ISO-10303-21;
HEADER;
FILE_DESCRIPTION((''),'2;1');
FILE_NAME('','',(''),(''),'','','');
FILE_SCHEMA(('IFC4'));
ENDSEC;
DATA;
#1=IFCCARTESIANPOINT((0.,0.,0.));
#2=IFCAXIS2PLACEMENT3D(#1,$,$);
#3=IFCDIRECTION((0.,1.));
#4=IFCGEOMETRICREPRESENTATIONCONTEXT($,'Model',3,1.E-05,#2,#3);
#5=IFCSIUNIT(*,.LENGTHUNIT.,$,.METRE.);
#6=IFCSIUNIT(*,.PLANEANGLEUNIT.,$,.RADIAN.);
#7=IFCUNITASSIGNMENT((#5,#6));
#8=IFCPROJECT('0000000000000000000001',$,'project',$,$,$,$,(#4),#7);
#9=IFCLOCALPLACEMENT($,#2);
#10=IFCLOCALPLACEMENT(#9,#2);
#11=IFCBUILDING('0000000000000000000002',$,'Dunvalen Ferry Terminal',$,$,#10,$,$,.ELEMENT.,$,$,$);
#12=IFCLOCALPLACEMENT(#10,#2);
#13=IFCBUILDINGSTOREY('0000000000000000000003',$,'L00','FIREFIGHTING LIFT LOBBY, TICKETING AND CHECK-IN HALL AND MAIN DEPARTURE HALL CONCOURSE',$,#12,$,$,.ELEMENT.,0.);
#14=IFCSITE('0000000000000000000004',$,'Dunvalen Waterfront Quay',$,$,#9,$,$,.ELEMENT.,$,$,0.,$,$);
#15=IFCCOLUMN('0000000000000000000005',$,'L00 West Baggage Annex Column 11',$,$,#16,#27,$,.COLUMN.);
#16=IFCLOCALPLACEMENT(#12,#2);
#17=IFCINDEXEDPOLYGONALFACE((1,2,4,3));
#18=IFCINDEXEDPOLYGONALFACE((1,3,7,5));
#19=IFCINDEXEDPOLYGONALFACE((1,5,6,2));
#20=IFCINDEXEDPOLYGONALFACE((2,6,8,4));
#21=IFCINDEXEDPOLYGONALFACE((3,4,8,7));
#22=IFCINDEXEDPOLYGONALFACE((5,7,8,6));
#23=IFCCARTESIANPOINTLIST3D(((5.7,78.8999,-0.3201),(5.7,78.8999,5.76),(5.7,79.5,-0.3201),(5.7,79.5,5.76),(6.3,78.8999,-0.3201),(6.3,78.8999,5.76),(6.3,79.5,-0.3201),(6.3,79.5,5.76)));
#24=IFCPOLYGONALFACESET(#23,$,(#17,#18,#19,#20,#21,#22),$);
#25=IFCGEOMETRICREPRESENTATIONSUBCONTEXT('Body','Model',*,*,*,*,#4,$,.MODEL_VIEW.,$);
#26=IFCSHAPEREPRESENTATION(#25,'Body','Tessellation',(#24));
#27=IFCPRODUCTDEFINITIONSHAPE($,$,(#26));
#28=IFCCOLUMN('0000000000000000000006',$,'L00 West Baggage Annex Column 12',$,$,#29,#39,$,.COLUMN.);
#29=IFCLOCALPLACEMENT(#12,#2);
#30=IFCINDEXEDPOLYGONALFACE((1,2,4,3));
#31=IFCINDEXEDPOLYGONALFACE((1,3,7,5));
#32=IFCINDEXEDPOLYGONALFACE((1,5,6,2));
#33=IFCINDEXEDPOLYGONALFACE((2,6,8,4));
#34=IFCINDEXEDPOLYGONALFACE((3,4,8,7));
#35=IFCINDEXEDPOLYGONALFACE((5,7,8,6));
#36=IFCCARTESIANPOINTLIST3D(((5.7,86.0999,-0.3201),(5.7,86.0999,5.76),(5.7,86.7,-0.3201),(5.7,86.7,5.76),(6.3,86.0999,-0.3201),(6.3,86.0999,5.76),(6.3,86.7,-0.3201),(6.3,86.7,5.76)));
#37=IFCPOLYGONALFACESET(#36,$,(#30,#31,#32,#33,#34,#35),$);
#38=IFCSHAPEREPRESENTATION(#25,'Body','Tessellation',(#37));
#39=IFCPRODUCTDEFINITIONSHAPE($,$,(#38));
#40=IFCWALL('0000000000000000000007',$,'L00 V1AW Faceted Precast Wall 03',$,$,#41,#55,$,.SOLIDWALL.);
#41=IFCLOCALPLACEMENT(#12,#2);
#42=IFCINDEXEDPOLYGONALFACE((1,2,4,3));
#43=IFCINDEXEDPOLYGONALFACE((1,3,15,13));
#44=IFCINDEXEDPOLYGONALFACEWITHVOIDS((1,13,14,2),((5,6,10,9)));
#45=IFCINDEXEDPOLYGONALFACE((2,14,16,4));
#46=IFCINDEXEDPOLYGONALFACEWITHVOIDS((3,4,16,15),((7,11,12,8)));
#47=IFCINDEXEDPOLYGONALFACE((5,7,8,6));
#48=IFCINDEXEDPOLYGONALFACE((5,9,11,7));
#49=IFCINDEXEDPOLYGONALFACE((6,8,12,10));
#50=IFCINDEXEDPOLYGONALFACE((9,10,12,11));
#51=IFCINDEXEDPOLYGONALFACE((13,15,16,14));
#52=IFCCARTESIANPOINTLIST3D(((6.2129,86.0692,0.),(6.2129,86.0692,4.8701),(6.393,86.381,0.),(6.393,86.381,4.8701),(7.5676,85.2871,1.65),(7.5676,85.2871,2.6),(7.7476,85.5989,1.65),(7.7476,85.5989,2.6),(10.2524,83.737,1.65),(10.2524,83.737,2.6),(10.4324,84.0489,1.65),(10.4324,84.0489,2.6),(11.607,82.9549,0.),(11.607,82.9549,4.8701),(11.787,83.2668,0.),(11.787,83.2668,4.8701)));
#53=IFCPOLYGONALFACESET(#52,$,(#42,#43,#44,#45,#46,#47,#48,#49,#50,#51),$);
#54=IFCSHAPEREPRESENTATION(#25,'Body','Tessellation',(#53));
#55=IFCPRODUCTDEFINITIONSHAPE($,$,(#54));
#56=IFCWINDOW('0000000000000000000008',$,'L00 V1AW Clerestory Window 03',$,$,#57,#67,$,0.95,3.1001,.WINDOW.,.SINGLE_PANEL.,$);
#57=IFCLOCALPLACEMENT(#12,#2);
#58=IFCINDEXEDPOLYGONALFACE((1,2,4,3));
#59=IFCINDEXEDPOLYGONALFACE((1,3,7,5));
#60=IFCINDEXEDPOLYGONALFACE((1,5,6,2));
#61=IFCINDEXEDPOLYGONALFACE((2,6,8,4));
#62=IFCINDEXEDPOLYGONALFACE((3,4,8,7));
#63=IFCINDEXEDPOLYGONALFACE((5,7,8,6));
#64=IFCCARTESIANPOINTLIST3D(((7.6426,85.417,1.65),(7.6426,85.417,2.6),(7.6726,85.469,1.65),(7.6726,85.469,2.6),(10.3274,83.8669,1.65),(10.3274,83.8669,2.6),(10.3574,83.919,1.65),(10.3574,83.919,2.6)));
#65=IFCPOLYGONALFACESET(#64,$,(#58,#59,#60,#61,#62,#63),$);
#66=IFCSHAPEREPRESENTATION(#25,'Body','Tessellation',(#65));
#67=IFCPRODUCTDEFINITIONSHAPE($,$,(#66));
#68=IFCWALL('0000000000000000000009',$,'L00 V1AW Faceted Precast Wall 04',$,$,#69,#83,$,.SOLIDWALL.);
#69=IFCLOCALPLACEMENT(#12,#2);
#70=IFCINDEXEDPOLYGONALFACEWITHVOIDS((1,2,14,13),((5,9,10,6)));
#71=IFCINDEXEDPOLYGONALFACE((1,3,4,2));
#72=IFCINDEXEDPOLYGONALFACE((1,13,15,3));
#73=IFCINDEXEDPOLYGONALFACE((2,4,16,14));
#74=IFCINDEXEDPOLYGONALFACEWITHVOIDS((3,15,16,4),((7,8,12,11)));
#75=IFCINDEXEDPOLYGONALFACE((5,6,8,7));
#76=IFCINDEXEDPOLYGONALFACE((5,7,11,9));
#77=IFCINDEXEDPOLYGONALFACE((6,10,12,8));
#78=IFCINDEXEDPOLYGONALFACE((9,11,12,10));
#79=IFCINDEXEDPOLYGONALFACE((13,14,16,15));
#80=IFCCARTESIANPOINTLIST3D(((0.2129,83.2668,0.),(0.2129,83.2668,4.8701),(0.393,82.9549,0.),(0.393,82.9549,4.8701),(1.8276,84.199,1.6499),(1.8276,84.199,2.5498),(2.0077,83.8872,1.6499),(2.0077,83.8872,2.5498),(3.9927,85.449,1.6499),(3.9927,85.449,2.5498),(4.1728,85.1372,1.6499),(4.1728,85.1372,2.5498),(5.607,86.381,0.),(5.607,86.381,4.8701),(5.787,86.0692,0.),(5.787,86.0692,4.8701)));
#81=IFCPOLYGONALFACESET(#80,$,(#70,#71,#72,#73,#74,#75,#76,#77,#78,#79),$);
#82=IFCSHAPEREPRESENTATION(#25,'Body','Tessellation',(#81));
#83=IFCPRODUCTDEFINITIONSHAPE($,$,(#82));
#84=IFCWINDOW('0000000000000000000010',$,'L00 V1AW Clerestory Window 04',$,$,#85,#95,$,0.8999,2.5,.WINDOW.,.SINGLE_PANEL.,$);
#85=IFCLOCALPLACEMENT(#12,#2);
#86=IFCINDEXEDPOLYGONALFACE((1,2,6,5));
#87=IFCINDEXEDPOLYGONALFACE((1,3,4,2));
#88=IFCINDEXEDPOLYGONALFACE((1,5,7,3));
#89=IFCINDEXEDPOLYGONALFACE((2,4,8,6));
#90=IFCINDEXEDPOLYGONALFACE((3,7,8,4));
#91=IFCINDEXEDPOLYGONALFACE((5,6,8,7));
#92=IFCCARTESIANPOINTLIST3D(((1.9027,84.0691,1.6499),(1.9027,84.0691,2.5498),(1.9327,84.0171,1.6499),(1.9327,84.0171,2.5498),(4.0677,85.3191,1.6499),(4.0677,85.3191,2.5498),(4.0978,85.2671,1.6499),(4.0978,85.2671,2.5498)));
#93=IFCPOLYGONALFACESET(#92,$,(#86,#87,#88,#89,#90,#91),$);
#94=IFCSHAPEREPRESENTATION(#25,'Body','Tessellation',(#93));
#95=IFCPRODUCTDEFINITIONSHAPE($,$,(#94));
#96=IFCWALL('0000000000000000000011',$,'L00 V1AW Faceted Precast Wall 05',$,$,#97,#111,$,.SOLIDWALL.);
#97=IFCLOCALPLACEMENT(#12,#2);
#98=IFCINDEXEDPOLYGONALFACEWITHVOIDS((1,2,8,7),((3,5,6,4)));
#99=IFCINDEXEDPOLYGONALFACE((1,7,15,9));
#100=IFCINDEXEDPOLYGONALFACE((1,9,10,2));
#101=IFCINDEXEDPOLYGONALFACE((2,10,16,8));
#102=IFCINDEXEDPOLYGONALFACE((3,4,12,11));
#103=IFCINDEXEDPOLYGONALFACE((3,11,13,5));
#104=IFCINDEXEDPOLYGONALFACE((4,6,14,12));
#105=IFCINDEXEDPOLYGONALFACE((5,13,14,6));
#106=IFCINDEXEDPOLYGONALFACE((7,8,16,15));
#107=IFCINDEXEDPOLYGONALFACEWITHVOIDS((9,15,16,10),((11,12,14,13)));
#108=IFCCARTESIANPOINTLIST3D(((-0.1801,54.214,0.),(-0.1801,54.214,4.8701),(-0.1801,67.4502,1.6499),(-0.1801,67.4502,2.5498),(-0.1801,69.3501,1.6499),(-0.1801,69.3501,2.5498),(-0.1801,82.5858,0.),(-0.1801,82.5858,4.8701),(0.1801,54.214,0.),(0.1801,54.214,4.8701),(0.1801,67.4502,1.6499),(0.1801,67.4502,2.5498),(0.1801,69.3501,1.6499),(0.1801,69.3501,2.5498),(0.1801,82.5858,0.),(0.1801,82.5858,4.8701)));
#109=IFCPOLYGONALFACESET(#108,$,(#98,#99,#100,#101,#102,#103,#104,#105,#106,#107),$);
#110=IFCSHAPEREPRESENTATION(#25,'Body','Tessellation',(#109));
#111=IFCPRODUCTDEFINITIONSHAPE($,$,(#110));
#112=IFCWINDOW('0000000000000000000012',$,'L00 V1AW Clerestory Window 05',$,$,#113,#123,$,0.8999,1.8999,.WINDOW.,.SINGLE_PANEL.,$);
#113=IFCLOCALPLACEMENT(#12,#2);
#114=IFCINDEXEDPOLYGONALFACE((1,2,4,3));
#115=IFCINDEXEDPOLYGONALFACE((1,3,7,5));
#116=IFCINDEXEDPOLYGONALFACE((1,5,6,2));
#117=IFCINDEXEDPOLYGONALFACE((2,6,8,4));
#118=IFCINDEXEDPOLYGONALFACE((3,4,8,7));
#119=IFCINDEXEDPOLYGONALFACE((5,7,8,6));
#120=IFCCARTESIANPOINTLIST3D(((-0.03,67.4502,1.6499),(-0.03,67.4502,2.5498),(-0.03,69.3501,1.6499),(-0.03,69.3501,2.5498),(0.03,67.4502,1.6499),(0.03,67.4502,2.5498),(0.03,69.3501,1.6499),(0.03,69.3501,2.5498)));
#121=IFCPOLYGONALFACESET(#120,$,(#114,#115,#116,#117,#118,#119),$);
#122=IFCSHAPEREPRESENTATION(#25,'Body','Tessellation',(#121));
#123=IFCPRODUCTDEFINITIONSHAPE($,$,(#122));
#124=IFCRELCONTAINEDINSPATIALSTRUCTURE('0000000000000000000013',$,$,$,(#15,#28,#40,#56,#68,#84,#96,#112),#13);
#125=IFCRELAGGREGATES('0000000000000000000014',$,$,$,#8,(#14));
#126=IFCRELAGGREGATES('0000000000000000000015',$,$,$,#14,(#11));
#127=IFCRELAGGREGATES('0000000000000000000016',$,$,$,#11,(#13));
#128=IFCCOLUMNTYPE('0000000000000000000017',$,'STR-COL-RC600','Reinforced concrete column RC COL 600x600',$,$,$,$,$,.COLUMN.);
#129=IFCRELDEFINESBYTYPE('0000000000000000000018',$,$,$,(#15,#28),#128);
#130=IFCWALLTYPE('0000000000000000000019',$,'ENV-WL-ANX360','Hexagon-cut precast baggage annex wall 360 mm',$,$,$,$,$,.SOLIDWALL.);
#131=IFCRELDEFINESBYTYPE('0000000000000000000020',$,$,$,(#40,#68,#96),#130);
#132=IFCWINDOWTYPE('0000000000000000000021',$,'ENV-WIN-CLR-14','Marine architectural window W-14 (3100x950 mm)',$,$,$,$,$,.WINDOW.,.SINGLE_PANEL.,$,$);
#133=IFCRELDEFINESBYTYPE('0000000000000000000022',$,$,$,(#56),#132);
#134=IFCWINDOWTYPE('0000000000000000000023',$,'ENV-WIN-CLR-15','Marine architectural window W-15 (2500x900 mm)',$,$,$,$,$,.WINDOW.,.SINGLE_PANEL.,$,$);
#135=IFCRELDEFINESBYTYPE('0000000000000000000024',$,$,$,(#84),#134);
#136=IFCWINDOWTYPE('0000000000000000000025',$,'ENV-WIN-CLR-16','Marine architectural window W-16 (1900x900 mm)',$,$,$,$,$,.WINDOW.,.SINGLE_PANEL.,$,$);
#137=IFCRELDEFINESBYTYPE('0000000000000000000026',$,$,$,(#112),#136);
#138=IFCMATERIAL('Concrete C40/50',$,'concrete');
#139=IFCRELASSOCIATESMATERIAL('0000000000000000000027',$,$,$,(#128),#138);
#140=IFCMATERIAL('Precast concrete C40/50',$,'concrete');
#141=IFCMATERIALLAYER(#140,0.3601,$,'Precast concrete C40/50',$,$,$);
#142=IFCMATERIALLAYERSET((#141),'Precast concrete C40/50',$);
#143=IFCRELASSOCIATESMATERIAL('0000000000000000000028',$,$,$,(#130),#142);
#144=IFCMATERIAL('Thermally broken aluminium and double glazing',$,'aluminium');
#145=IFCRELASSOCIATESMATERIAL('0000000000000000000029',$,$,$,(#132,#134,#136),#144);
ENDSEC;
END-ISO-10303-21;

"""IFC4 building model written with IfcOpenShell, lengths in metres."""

from ifc_helpers import new_model, si_unit, direction, frame, frame_2d, origin, origin_2d, place, context, subcontext, project, spatial, rectangle, extrude, material, layer, layer_set, material_profile, profile_set, type_object, element, fill, save


model = new_model("IFC4")

# Units and contexts
model_context = context("Model", 3, precision=1e-05, world=origin(), true_north=direction((0.0, 1.0)))
body_context = subcontext(model_context, "Body", "Model", "MODEL_VIEW")
ifc_project = project(units=[si_unit("LENGTHUNIT", "METRE"), si_unit("PLANEANGLEUNIT", "RADIAN")], contexts=[model_context])

# Site, building, storey
site_placement = place(None, origin())
site = spatial("IfcSite", under=ifc_project, at=site_placement, Name="Dunvalen Waterfront Quay", CompositionType="ELEMENT", RefElevation=0.0)
building_placement = place(site_placement, origin())
building = spatial("IfcBuilding", under=site, at=building_placement, Name="Dunvalen Ferry Terminal", CompositionType="ELEMENT")
storey_placement = place(building_placement, origin())
storey = spatial("IfcBuildingStorey", under=building, at=storey_placement, Name="L00", Description="FIREFIGHTING LIFT LOBBY, TICKETING AND CHECK-IN HALL AND MAIN DEPARTURE HALL CONCOURSE", CompositionType="ELEMENT", Elevation=0.0)

# Shared definitions
ifc_material_1 = material(Name="Concrete C40/50", Category="concrete")

# Columns
ifc_material_profile_1 = material_profile(ifc_material_1, rectangle(XDim=0.6001, YDim=0.6001, at=origin_2d()), Name="Concrete C40/50")
ifc_profile_set_1 = profile_set([ifc_material_profile_1], Name="Concrete C40/50")
column_type_1 = type_object("IfcColumnType", Name="STR-COL-RC600", Description="Reinforced concrete column RC COL 600x600", PredefinedType="COLUMN", material=ifc_profile_set_1)
for number, where, z_axis, x_axis, name in (
    (1, (6.0, 79.2, -0.3201), (0.0, 0.0, 1.0), (1.0, 0.0, 0.0), "L00 West Baggage Annex Column 11"),
    (2, (6.0, 86.3999, -0.3201), (0.0, 0.0, 1.0), (1.0, 0.0, 0.0), "L00 West Baggage Annex Column 12"),
):
    element("IfcColumn", number, at=place(storey_placement, frame(where, z_axis=z_axis, x_axis=x_axis)), inside=storey, type_object=column_type_1, Name=name, PredefinedType="COLUMN", context=body_context, shape_type="SweptSolid", body=[
        extrude(rectangle(XDim=0.6001, YDim=0.6001, at=origin_2d()), origin(), (0.0, 0.0, 1.0), 6.0801),
    ])

# Walls, openings, windows
ifc_material_2 = material(Name="Precast concrete C40/50", Category="concrete")
ifc_layer = layer(ifc_material_2, 0.3601, Name="Precast concrete C40/50")
ifc_layer_set = layer_set([ifc_layer], Name="Precast concrete C40/50")
wall_type = type_object("IfcWallType", Name="ENV-WL-ANX360", Description="Hexagon-cut precast baggage annex wall 360 mm", PredefinedType="SOLIDWALL", material=ifc_layer_set)
wall_1_placement = place(storey_placement, frame((11.697, 83.1108, 0.0), z_axis=(0.0, 0.0, 1.0), x_axis=(-0.866025, 0.500001, 0.0)))
wall_1 = element("IfcWall", 3, at=wall_1_placement, inside=storey, type_object=wall_type, Name="L00 V1AW Faceted Precast Wall 03", PredefinedType="SOLIDWALL", context=body_context, shape_type="SweptSolid", body=[
    extrude(rectangle(XDim=6.2285, YDim=0.3601, at=frame_2d((3.1143, 0.0))), origin(), (0.0, 0.0, 1.0), 4.8701),
])
opening_1_placement = place(wall_1_placement, frame((1.5642, 0.0, 1.6499)))
opening_1 = element("IfcOpeningElement", 4, at=opening_1_placement, cuts=wall_1, PredefinedType="OPENING", context=body_context, shape_type="SweptSolid", body=[
    extrude(rectangle(XDim=3.1001, YDim=0.95, at=frame_2d((1.55, 0.4751))), frame((0.0, 0.1899, 0.0), z_axis=(0.0, -1.0, 0.0), x_axis=(1.0, 0.0, 0.0)), (0.0, 0.0, 1.0), 0.3801),
])
ifc_material_3 = material(Name="Thermally broken aluminium and double glazing", Category="aluminium")
window_type_1 = type_object("IfcWindowType", Name="ENV-WIN-CLR-14", Description="Marine architectural window W-14 (3100x950 mm)", PartitioningType="SINGLE_PANEL", PredefinedType="WINDOW", material=ifc_material_3)
window_1_placement = place(opening_1_placement, origin())
window_1 = element("IfcWindow", 5, at=window_1_placement, inside=storey, type_object=window_type_1, Name="L00 V1AW Clerestory Window 03", OverallHeight=0.95, OverallWidth=3.1001, PartitioningType="SINGLE_PANEL", PredefinedType="WINDOW", context=body_context, shape_type="SweptSolid", body=[
    extrude(rectangle(XDim=3.1001, YDim=0.95, at=frame_2d((1.55, 0.4751))), frame((0.0, 0.03, 0.0), z_axis=(0.0, -1.0, 0.0), x_axis=(1.0, 0.0, 0.0)), (0.0, 0.0, 1.0), 0.0601),
])
fill(opening_1, window_1)
wall_2_placement = place(storey_placement, frame((5.697, 86.2251, 0.0), z_axis=(0.0, 0.0, 1.0), x_axis=(-0.866025, -0.500001, 0.0)))
wall_2 = element("IfcWall", 6, at=wall_2_placement, inside=storey, type_object=wall_type, Name="L00 V1AW Faceted Precast Wall 04", PredefinedType="SOLIDWALL", context=body_context, shape_type="SweptSolid", body=[
    extrude(rectangle(XDim=6.2285, YDim=0.3601, at=frame_2d((3.1143, 0.0))), origin(), (0.0, 0.0, 1.0), 4.8701),
])
opening_2_placement = place(wall_2_placement, frame((1.864, 0.0, 1.6499)))
opening_2 = element("IfcOpeningElement", 7, at=opening_2_placement, cuts=wall_2, PredefinedType="OPENING", context=body_context, shape_type="SweptSolid", body=[
    extrude(rectangle(XDim=2.5, YDim=0.8999, at=frame_2d((1.25, 0.45))), frame((0.0, 0.1899, 0.0), z_axis=(0.0, -1.0, 0.0), x_axis=(1.0, 0.0, 0.0)), (0.0, 0.0, 1.0), 0.3801),
])
window_type_2 = type_object("IfcWindowType", Name="ENV-WIN-CLR-15", Description="Marine architectural window W-15 (2500x900 mm)", PartitioningType="SINGLE_PANEL", PredefinedType="WINDOW", material=ifc_material_3)
window_2_placement = place(opening_2_placement, origin())
window_2 = element("IfcWindow", 8, at=window_2_placement, inside=storey, type_object=window_type_2, Name="L00 V1AW Clerestory Window 04", OverallHeight=0.8999, OverallWidth=2.5, PartitioningType="SINGLE_PANEL", PredefinedType="WINDOW", context=body_context, shape_type="SweptSolid", body=[
    extrude(rectangle(XDim=2.5, YDim=0.8999, at=frame_2d((1.25, 0.45))), frame((0.0, 0.03, 0.0), z_axis=(0.0, -1.0, 0.0), x_axis=(1.0, 0.0, 0.0)), (0.0, 0.0, 1.0), 0.0601),
])
fill(opening_2, window_2)
wall_3_placement = place(storey_placement, frame((0.0, 82.5859, 0.0), z_axis=(0.0, 0.0, 1.0), x_axis=(0.0, -1.0, 0.0)))
wall_3 = element("IfcWall", 9, at=wall_3_placement, inside=storey, type_object=wall_type, Name="L00 V1AW Faceted Precast Wall 05", PredefinedType="SOLIDWALL", context=body_context, shape_type="SweptSolid", body=[
    extrude(rectangle(XDim=28.3718, YDim=0.3601, at=frame_2d((14.186, 0.0))), origin(), (0.0, 0.0, 1.0), 4.8701),
])
opening_3_placement = place(wall_3_placement, frame((13.2358, 0.0, 1.6499)))
opening_3 = element("IfcOpeningElement", 10, at=opening_3_placement, cuts=wall_3, PredefinedType="OPENING", context=body_context, shape_type="SweptSolid", body=[
    extrude(rectangle(XDim=1.8999, YDim=0.8999, at=frame_2d((0.95, 0.45))), frame((0.0, 0.1899, 0.0), z_axis=(0.0, -1.0, 0.0), x_axis=(1.0, 0.0, 0.0)), (0.0, 0.0, 1.0), 0.3801),
])
window_type_3 = type_object("IfcWindowType", Name="ENV-WIN-CLR-16", Description="Marine architectural window W-16 (1900x900 mm)", PartitioningType="SINGLE_PANEL", PredefinedType="WINDOW", material=ifc_material_3)
window_3_placement = place(opening_3_placement, origin())
window_3 = element("IfcWindow", 11, at=window_3_placement, inside=storey, type_object=window_type_3, Name="L00 V1AW Clerestory Window 05", OverallHeight=0.8999, OverallWidth=1.8999, PartitioningType="SINGLE_PANEL", PredefinedType="WINDOW", context=body_context, shape_type="SweptSolid", body=[
    extrude(rectangle(XDim=1.8999, YDim=0.8999, at=frame_2d((0.95, 0.45))), frame((0.0, 0.03, 0.0), z_axis=(0.0, -1.0, 0.0), x_axis=(1.0, 0.0, 0.0)), (0.0, 0.0, 1.0), 0.0601),
])
fill(opening_3, window_3)

save(model, "model.ifc")
